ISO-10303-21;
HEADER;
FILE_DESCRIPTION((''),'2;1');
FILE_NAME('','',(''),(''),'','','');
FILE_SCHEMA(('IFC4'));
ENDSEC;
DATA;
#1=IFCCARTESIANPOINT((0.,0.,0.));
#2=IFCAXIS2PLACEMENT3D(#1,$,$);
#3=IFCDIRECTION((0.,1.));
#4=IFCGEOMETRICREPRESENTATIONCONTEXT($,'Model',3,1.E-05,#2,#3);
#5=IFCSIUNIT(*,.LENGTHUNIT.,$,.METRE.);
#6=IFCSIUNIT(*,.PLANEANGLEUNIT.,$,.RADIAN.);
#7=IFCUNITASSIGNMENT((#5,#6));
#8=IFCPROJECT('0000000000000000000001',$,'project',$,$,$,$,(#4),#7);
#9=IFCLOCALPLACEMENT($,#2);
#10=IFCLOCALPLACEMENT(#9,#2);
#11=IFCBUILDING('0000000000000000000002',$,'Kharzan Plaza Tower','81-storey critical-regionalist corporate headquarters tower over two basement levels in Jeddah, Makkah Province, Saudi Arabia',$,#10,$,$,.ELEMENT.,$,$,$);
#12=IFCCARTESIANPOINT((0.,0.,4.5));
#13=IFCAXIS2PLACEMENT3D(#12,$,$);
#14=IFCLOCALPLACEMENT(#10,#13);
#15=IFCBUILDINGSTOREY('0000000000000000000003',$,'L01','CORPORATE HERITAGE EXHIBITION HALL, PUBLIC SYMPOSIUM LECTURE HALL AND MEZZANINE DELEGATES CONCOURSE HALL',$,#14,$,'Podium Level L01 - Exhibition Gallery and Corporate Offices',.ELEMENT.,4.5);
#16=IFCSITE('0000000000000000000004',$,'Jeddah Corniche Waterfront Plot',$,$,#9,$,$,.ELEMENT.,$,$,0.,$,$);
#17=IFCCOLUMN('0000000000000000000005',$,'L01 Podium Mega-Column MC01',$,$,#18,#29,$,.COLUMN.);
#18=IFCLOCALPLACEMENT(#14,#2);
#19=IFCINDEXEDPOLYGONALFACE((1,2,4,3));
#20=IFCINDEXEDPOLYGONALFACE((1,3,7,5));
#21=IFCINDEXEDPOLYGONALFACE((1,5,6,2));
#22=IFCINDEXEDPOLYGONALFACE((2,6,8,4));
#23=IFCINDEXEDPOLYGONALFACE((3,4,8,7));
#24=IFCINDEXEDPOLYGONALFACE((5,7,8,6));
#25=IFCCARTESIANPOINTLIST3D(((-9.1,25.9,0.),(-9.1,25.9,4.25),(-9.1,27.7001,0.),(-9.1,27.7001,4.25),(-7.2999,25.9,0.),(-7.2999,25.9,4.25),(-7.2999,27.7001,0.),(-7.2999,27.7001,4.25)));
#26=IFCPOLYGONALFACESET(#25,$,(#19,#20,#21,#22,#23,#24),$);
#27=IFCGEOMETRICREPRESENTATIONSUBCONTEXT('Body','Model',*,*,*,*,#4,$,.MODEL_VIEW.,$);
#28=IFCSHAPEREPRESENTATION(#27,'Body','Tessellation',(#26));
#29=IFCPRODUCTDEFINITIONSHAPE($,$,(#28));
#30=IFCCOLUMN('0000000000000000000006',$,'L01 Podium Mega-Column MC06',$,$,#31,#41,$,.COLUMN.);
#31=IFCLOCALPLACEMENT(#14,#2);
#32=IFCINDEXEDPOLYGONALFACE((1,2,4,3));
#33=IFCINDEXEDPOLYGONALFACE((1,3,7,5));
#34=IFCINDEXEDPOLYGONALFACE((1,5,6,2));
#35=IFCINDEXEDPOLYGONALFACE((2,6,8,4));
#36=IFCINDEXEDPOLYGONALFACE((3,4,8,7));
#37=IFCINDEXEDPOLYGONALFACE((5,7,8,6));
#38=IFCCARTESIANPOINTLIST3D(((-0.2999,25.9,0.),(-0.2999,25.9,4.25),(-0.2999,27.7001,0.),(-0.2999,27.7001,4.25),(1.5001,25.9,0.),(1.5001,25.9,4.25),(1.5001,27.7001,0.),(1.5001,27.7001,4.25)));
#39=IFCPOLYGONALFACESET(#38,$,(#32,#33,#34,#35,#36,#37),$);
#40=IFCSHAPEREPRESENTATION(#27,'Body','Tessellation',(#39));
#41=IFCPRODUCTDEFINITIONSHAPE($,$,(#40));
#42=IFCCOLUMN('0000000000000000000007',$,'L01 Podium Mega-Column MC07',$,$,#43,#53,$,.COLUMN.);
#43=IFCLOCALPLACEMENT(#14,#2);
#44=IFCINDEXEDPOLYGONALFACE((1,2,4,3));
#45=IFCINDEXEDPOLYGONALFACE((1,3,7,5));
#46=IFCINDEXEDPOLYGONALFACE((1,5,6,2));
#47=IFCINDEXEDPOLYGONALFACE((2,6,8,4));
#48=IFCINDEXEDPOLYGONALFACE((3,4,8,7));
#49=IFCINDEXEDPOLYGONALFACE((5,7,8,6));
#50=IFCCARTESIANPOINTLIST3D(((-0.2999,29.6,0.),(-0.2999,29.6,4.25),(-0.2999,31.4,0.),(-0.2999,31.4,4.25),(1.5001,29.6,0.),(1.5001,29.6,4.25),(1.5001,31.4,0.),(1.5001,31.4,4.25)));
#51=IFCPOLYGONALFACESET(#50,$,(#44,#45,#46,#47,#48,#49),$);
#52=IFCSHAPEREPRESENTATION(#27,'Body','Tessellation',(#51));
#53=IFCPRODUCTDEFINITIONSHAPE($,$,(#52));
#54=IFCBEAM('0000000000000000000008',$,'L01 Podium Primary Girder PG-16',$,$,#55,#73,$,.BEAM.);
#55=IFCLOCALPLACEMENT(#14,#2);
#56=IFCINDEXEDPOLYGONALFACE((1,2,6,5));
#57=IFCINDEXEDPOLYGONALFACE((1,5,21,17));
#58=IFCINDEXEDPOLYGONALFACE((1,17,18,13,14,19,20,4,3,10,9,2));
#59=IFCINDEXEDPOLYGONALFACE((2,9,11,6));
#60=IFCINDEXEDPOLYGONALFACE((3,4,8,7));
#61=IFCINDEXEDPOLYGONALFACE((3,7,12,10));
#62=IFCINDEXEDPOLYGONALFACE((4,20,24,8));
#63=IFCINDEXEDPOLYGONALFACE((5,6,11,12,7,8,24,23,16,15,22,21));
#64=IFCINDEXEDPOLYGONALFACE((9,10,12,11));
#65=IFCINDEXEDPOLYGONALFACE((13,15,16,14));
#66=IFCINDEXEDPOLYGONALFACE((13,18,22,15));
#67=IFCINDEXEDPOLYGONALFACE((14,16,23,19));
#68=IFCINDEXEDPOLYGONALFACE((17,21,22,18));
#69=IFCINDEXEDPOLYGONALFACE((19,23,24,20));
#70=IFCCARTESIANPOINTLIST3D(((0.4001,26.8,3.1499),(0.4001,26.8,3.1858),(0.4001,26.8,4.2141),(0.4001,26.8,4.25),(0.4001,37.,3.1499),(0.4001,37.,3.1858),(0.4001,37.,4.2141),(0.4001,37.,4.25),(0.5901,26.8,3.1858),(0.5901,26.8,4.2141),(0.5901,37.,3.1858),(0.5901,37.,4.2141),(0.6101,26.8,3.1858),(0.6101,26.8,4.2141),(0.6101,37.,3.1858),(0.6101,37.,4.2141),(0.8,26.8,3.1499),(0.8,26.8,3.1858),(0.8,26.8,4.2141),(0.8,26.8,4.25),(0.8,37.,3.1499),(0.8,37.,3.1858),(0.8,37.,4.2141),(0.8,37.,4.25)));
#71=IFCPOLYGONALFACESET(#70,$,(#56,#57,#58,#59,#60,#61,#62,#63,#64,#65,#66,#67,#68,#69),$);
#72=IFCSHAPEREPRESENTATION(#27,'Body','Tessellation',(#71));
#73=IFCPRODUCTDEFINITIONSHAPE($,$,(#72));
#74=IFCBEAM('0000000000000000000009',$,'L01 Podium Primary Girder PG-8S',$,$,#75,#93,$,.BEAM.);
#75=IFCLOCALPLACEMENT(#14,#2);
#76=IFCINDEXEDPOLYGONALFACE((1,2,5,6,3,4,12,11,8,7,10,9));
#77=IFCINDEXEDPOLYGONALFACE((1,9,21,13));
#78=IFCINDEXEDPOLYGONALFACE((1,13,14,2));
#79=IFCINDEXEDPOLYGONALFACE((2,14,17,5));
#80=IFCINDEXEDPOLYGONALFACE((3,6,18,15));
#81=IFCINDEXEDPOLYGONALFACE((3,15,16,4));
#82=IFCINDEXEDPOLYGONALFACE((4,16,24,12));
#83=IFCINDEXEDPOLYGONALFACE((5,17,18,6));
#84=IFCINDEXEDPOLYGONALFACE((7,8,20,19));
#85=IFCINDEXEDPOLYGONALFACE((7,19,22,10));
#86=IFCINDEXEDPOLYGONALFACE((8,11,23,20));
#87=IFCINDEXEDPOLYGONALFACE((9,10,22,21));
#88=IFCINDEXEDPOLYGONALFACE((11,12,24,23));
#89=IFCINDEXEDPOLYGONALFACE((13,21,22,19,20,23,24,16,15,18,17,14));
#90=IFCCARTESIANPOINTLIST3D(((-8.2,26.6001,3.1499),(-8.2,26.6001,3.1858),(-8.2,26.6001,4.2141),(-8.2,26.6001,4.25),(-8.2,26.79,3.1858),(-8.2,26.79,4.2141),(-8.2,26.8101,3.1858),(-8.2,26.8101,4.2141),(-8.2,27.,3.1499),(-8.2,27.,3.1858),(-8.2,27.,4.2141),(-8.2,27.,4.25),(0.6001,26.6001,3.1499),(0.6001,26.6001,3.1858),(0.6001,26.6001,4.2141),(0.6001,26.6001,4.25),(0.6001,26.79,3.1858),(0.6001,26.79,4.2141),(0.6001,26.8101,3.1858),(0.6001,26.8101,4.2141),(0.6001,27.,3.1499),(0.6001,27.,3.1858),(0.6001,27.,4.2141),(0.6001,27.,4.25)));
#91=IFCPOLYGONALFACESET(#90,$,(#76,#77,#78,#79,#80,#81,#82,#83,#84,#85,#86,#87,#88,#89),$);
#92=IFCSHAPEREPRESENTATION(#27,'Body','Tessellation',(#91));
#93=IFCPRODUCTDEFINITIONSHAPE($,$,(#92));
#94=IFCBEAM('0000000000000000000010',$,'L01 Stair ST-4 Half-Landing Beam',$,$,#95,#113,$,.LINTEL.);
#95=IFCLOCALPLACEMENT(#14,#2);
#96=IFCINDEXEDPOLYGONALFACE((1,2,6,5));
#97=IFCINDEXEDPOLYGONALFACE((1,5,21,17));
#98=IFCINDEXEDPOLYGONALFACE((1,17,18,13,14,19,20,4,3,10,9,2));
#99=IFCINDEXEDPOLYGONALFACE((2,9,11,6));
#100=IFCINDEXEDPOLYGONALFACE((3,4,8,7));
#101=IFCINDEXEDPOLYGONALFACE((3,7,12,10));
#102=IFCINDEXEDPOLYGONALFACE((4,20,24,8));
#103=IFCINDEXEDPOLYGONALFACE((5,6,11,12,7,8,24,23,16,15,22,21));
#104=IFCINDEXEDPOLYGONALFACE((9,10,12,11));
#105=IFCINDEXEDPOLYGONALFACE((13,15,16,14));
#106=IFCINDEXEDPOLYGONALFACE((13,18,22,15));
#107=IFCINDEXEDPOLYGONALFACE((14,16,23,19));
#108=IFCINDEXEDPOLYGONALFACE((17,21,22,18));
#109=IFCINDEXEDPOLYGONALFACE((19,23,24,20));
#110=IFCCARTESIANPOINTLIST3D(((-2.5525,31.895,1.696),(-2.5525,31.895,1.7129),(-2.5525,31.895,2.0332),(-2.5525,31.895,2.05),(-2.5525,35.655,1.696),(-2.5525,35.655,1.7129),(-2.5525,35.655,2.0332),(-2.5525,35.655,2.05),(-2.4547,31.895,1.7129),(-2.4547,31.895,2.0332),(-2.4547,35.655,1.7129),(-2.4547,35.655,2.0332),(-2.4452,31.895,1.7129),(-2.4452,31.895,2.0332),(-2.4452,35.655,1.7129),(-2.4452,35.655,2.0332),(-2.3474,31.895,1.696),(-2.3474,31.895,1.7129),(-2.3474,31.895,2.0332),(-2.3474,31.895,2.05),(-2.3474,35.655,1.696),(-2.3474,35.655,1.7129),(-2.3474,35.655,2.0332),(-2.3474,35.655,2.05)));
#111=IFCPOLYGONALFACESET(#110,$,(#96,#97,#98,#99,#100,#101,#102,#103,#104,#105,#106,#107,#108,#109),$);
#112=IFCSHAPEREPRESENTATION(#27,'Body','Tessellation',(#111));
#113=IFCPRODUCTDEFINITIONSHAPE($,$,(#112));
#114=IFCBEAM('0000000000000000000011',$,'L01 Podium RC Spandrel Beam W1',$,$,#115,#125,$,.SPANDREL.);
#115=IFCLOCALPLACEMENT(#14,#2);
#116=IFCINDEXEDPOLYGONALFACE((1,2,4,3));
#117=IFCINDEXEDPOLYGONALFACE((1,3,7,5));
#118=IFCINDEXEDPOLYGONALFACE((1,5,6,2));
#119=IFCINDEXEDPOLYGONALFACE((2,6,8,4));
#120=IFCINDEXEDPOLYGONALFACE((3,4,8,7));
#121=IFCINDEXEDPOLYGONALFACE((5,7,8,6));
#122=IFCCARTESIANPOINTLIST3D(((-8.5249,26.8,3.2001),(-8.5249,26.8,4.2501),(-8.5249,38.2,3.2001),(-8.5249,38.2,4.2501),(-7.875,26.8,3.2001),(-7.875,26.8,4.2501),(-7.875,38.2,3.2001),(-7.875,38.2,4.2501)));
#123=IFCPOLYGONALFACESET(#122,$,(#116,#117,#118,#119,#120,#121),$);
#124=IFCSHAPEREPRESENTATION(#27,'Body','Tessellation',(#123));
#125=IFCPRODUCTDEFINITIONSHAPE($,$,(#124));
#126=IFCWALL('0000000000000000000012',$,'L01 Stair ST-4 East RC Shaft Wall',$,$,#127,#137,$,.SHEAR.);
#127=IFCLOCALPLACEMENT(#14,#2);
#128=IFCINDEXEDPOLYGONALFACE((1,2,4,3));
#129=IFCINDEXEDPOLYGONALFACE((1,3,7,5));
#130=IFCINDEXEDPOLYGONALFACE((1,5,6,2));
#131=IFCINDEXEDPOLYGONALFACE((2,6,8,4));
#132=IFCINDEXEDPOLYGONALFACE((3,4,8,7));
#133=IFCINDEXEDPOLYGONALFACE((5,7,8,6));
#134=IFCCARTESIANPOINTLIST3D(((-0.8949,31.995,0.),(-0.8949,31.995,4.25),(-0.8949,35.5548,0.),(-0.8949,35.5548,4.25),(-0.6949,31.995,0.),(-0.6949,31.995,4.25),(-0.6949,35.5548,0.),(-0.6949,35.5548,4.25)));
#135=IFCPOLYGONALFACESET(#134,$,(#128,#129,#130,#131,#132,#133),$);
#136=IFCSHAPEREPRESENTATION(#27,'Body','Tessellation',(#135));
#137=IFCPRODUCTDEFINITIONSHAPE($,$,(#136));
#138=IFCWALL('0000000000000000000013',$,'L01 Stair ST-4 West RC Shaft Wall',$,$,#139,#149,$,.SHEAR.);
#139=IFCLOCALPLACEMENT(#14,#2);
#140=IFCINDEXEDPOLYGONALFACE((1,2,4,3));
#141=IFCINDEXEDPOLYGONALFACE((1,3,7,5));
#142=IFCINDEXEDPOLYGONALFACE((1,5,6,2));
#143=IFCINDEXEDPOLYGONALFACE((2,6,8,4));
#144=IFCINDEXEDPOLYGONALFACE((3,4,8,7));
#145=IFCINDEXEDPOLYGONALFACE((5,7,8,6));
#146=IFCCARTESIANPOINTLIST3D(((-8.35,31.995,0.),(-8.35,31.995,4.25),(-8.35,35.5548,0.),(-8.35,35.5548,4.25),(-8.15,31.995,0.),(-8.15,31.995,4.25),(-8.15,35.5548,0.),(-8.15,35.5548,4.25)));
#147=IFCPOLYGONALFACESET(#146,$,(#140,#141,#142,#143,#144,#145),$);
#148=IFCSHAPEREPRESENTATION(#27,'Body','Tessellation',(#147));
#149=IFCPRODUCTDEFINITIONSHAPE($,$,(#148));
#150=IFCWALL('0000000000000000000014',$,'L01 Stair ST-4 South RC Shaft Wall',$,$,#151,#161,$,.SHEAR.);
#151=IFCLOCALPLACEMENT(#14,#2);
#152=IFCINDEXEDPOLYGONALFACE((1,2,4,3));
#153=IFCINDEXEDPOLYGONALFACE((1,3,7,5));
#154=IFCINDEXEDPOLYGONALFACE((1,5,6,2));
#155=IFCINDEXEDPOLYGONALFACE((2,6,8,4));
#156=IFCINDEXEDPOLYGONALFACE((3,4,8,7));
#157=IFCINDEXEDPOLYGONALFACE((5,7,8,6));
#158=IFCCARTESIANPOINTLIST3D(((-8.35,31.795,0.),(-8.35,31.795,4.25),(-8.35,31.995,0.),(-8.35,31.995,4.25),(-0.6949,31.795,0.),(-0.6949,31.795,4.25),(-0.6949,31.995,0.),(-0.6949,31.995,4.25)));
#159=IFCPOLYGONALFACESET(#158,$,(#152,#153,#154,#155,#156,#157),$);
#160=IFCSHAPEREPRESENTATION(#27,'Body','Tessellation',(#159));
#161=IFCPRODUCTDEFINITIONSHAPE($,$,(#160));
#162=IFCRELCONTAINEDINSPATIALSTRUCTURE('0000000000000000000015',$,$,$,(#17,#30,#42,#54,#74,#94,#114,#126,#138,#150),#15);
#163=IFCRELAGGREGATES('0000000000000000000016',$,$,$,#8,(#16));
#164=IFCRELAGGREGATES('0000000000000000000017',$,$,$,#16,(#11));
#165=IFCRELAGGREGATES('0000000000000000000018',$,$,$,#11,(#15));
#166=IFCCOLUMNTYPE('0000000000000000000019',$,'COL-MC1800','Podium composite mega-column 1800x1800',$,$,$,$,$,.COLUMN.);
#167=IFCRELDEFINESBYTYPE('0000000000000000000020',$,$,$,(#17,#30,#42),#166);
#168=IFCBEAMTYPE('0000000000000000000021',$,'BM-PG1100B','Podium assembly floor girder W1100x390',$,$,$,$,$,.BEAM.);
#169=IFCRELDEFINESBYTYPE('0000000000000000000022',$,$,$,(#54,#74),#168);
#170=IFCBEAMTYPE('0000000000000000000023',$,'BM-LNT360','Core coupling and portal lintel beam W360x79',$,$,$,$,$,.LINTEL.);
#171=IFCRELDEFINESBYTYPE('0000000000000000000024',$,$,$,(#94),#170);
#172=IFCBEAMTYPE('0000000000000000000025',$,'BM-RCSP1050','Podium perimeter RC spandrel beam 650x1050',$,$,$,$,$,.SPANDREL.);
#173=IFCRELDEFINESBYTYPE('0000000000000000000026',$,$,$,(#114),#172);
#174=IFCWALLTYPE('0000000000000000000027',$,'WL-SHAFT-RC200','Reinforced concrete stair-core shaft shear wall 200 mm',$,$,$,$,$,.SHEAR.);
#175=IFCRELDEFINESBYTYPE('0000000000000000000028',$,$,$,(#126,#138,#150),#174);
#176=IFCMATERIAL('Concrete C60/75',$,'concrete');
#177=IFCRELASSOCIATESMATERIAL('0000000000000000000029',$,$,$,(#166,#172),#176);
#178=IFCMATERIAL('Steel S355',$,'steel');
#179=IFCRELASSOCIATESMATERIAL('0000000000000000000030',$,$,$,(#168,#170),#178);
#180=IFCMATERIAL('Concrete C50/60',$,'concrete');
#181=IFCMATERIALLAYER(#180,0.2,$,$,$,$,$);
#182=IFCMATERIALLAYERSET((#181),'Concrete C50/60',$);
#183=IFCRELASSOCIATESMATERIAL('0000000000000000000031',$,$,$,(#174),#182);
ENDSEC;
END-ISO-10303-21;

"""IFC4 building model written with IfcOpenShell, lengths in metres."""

from ifc_helpers import new_model, si_unit, direction, frame, frame_2d, origin, origin_2d, place, context, subcontext, project, spatial, rectangle, i_section, extrude, source, transform, mapped, material, layer, layer_set, material_profile, profile_set, type_object, element, save


model = new_model("IFC4")

# Units and contexts
model_context = context("Model", 3, precision=1e-05, world=origin(), true_north=direction((0.0, 1.0)))
body_context = subcontext(model_context, "Body", "Model", "MODEL_VIEW")
ifc_project = project(units=[si_unit("LENGTHUNIT", "METRE"), si_unit("PLANEANGLEUNIT", "RADIAN")], contexts=[model_context])

# Site, building, storey
site_placement = place(None, origin())
site = spatial("IfcSite", under=ifc_project, at=site_placement, Name="Jeddah Corniche Waterfront Plot", CompositionType="ELEMENT", RefElevation=0.0)
building_placement = place(site_placement, origin())
building = spatial("IfcBuilding", under=site, at=building_placement, Name="Kharzan Plaza Tower", Description="81-storey critical-regionalist corporate headquarters tower over two basement levels in Jeddah, Makkah Province, Saudi Arabia", CompositionType="ELEMENT")
storey_placement = place(building_placement, frame((0.0, 0.0, 4.5)))
storey = spatial("IfcBuildingStorey", under=building, at=storey_placement, Name="L01", Description="CORPORATE HERITAGE EXHIBITION HALL, PUBLIC SYMPOSIUM LECTURE HALL AND MEZZANINE DELEGATES CONCOURSE HALL", LongName="Podium Level L01 - Exhibition Gallery and Corporate Offices", CompositionType="ELEMENT", Elevation=4.5)

# Columns
ifc_material_1 = material(Name="Concrete C60/75", Category="concrete")
ifc_material_profile_1 = material_profile(ifc_material_1, rectangle(XDim=1.8, YDim=1.8, at=origin_2d()), Name="RC-MC1800x1800")
ifc_profile_set_1 = profile_set([ifc_material_profile_1], Name="Concrete C60/75")
column_type = type_object("IfcColumnType", Name="COL-MC1800", Description="Podium composite mega-column 1800x1800", PredefinedType="COLUMN", material=ifc_profile_set_1)
shared_shape_1 = source(origin(), body_context, "Body", "SweptSolid", [
    extrude(rectangle(XDim=1.8, YDim=1.8, at=origin_2d()), origin(), (0.0, 0.0, 1.0), 4.25),
])
for number, where, z_axis, x_axis, name in (
    (1, (-8.2, 26.8, 0.0), (0.0, 0.0, 1.0), (1.0, 0.0, 0.0), "L01 Podium Mega-Column MC01"),
    (2, (0.6001, 26.8, 0.0), (0.0, 0.0, 1.0), (1.0, 0.0, 0.0), "L01 Podium Mega-Column MC06"),
    (3, (0.6001, 30.5, 0.0), (0.0, 0.0, 1.0), (1.0, 0.0, 0.0), "L01 Podium Mega-Column MC07"),
):
    element("IfcColumn", number, at=place(storey_placement, frame(where, z_axis=z_axis, x_axis=x_axis)), inside=storey, type_object=column_type, Name=name, PredefinedType="COLUMN", context=body_context, shape_type="MappedRepresentation", body=[
        mapped(shared_shape_1, transform((0.0, 0.0, 0.0), x_axis=(1.0, 0.0, 0.0), y_axis=(0.0, 1.0, 0.0), z_axis=(0.0, 0.0, 1.0))),
    ])

# Beams
ifc_material_2 = material(Name="Steel S355", Category="steel")
ifc_material_profile_2 = material_profile(ifc_material_2, i_section(OverallWidth=0.3999, OverallDepth=1.1001, WebThickness=0.02, FlangeThickness=0.0359, at=origin_2d()), Name="W1100x390")
ifc_profile_set_2 = profile_set([ifc_material_profile_2], Name="Steel S355")
beam_type_1 = type_object("IfcBeamType", Name="BM-PG1100B", Description="Podium assembly floor girder W1100x390", PredefinedType="BEAM", material=ifc_profile_set_2)
shared_shape_2 = source(origin(), body_context, "Body", "SweptSolid", [
    extrude(i_section(OverallWidth=0.3999, OverallDepth=1.1001, WebThickness=0.02, FlangeThickness=0.0359, at=origin_2d()), origin(), (0.0, 0.0, 1.0), 10.2),
])
beam_1_placement = place(storey_placement, frame((0.6001, 26.8, 3.7), z_axis=(0.0, 1.0, 0.0), x_axis=(-1.0, 0.0, 0.0)))
element("IfcBeam", 4, at=beam_1_placement, inside=storey, type_object=beam_type_1, Name="L01 Podium Primary Girder PG-16", PredefinedType="BEAM", context=body_context, shape_type="MappedRepresentation", body=[
    mapped(shared_shape_2, transform((0.0, 0.0, 0.0), x_axis=(1.0, 0.0, 0.0), y_axis=(0.0, 1.0, 0.0), z_axis=(0.0, 0.0, 1.0))),
])
shared_shape_3 = source(origin(), body_context, "Body", "SweptSolid", [
    extrude(i_section(OverallWidth=0.3999, OverallDepth=1.1001, WebThickness=0.02, FlangeThickness=0.0359, at=origin_2d()), origin(), (0.0, 0.0, 1.0), 8.8),
])
beam_2_placement = place(storey_placement, frame((-8.2, 26.8, 3.7), z_axis=(1.0, 0.0, 0.0), x_axis=(0.0, 1.0, 0.0)))
element("IfcBeam", 5, at=beam_2_placement, inside=storey, type_object=beam_type_1, Name="L01 Podium Primary Girder PG-8S", PredefinedType="BEAM", context=body_context, shape_type="MappedRepresentation", body=[
    mapped(shared_shape_3, transform((0.0, 0.0, 0.0), x_axis=(1.0, 0.0, 0.0), y_axis=(0.0, 1.0, 0.0), z_axis=(0.0, 0.0, 1.0))),
])
ifc_material_profile_3 = material_profile(ifc_material_2, i_section(OverallWidth=0.2051, OverallDepth=0.354, WebThickness=0.0095, FlangeThickness=0.0168, at=origin_2d()), Name="W360x79")
ifc_profile_set_3 = profile_set([ifc_material_profile_3], Name="Steel S355")
beam_type_2 = type_object("IfcBeamType", Name="BM-LNT360", Description="Core coupling and portal lintel beam W360x79", PredefinedType="LINTEL", material=ifc_profile_set_3)
shared_shape_4 = source(origin(), body_context, "Body", "SweptSolid", [
    extrude(i_section(OverallWidth=0.2051, OverallDepth=0.354, WebThickness=0.0095, FlangeThickness=0.0168, at=origin_2d()), origin(), (0.0, 0.0, 1.0), 3.76),
])
beam_3_placement = place(storey_placement, frame((-2.45, 31.895, 1.873), z_axis=(0.0, 1.0, 0.0), x_axis=(-1.0, 0.0, 0.0)))
element("IfcBeam", 6, at=beam_3_placement, inside=storey, type_object=beam_type_2, Name="L01 Stair ST-4 Half-Landing Beam", PredefinedType="LINTEL", context=body_context, shape_type="MappedRepresentation", body=[
    mapped(shared_shape_4, transform((0.0, 0.0, 0.0), x_axis=(1.0, 0.0, 0.0), y_axis=(0.0, 1.0, 0.0), z_axis=(0.0, 0.0, 1.0))),
])
ifc_material_profile_4 = material_profile(ifc_material_1, rectangle(XDim=0.6499, YDim=1.05, at=origin_2d()), Name="RC-SP1050x650")
ifc_profile_set_4 = profile_set([ifc_material_profile_4], Name="Concrete C60/75")
beam_type_3 = type_object("IfcBeamType", Name="BM-RCSP1050", Description="Podium perimeter RC spandrel beam 650x1050", PredefinedType="SPANDREL", material=ifc_profile_set_4)
shared_shape_5 = source(origin(), body_context, "Body", "SweptSolid", [
    extrude(rectangle(XDim=0.6499, YDim=1.05, at=origin_2d()), origin(), (0.0, 0.0, 1.0), 11.3999),
])
beam_4_placement = place(storey_placement, frame((-8.2, 26.8, 3.7251), z_axis=(0.0, 1.0, 0.0), x_axis=(-1.0, 0.0, 0.0)))
element("IfcBeam", 7, at=beam_4_placement, inside=storey, type_object=beam_type_3, Name="L01 Podium RC Spandrel Beam W1", PredefinedType="SPANDREL", context=body_context, shape_type="MappedRepresentation", body=[
    mapped(shared_shape_5, transform((0.0, 0.0, 0.0), x_axis=(1.0, 0.0, 0.0), y_axis=(0.0, 1.0, 0.0), z_axis=(0.0, 0.0, 1.0))),
])

# Walls
ifc_material_3 = material(Name="Concrete C50/60", Category="concrete")
ifc_layer_1 = layer(ifc_material_3, 0.2)
ifc_layer_set_1 = layer_set([ifc_layer_1], Name="Concrete C50/60")
wall_type = type_object("IfcWallType", Name="WL-SHAFT-RC200", Description="Reinforced concrete stair-core shaft shear wall 200 mm", PredefinedType="SHEAR", material=ifc_layer_set_1)
shared_shape_6 = source(origin(), body_context, "Body", "SweptSolid", [
    extrude(rectangle(XDim=3.5598, YDim=0.2, at=frame_2d((1.7798, 0.0))), origin(), (0.0, 0.0, 1.0), 4.25),
])
for number, where, z_axis, x_axis, name in (
    (8, (-0.7949, 31.9951, 0.0), (0.0, 0.0, 1.0), (0.0, 1.0, 0.0), "L01 Stair ST-4 East RC Shaft Wall"),
    (9, (-8.25, 31.9951, 0.0), (0.0, 0.0, 1.0), (0.0, 1.0, 0.0), "L01 Stair ST-4 West RC Shaft Wall"),
):
    element("IfcWall", number, at=place(storey_placement, frame(where, z_axis=z_axis, x_axis=x_axis)), inside=storey, type_object=wall_type, Name=name, PredefinedType="SHEAR", context=body_context, shape_type="MappedRepresentation", body=[
        mapped(shared_shape_6, transform((0.0, 0.0, 0.0), x_axis=(1.0, 0.0, 0.0), y_axis=(0.0, 1.0, 0.0), z_axis=(0.0, 0.0, 1.0))),
    ])
shared_shape_7 = source(origin(), body_context, "Body", "SweptSolid", [
    extrude(rectangle(XDim=7.655, YDim=0.2, at=frame_2d((3.8276, 0.0))), origin(), (0.0, 0.0, 1.0), 4.25),
])
wall_placement = place(storey_placement, frame((-8.3501, 31.895, 0.0), z_axis=(0.0, 0.0, 1.0), x_axis=(1.0, 0.0, 0.0)))
element("IfcWall", 10, at=wall_placement, inside=storey, type_object=wall_type, Name="L01 Stair ST-4 South RC Shaft Wall", PredefinedType="SHEAR", context=body_context, shape_type="MappedRepresentation", body=[
    mapped(shared_shape_7, transform((0.0, 0.0, 0.0), x_axis=(1.0, 0.0, 0.0), y_axis=(0.0, 1.0, 0.0), z_axis=(0.0, 0.0, 1.0))),
])

save(model, "model.ifc")
